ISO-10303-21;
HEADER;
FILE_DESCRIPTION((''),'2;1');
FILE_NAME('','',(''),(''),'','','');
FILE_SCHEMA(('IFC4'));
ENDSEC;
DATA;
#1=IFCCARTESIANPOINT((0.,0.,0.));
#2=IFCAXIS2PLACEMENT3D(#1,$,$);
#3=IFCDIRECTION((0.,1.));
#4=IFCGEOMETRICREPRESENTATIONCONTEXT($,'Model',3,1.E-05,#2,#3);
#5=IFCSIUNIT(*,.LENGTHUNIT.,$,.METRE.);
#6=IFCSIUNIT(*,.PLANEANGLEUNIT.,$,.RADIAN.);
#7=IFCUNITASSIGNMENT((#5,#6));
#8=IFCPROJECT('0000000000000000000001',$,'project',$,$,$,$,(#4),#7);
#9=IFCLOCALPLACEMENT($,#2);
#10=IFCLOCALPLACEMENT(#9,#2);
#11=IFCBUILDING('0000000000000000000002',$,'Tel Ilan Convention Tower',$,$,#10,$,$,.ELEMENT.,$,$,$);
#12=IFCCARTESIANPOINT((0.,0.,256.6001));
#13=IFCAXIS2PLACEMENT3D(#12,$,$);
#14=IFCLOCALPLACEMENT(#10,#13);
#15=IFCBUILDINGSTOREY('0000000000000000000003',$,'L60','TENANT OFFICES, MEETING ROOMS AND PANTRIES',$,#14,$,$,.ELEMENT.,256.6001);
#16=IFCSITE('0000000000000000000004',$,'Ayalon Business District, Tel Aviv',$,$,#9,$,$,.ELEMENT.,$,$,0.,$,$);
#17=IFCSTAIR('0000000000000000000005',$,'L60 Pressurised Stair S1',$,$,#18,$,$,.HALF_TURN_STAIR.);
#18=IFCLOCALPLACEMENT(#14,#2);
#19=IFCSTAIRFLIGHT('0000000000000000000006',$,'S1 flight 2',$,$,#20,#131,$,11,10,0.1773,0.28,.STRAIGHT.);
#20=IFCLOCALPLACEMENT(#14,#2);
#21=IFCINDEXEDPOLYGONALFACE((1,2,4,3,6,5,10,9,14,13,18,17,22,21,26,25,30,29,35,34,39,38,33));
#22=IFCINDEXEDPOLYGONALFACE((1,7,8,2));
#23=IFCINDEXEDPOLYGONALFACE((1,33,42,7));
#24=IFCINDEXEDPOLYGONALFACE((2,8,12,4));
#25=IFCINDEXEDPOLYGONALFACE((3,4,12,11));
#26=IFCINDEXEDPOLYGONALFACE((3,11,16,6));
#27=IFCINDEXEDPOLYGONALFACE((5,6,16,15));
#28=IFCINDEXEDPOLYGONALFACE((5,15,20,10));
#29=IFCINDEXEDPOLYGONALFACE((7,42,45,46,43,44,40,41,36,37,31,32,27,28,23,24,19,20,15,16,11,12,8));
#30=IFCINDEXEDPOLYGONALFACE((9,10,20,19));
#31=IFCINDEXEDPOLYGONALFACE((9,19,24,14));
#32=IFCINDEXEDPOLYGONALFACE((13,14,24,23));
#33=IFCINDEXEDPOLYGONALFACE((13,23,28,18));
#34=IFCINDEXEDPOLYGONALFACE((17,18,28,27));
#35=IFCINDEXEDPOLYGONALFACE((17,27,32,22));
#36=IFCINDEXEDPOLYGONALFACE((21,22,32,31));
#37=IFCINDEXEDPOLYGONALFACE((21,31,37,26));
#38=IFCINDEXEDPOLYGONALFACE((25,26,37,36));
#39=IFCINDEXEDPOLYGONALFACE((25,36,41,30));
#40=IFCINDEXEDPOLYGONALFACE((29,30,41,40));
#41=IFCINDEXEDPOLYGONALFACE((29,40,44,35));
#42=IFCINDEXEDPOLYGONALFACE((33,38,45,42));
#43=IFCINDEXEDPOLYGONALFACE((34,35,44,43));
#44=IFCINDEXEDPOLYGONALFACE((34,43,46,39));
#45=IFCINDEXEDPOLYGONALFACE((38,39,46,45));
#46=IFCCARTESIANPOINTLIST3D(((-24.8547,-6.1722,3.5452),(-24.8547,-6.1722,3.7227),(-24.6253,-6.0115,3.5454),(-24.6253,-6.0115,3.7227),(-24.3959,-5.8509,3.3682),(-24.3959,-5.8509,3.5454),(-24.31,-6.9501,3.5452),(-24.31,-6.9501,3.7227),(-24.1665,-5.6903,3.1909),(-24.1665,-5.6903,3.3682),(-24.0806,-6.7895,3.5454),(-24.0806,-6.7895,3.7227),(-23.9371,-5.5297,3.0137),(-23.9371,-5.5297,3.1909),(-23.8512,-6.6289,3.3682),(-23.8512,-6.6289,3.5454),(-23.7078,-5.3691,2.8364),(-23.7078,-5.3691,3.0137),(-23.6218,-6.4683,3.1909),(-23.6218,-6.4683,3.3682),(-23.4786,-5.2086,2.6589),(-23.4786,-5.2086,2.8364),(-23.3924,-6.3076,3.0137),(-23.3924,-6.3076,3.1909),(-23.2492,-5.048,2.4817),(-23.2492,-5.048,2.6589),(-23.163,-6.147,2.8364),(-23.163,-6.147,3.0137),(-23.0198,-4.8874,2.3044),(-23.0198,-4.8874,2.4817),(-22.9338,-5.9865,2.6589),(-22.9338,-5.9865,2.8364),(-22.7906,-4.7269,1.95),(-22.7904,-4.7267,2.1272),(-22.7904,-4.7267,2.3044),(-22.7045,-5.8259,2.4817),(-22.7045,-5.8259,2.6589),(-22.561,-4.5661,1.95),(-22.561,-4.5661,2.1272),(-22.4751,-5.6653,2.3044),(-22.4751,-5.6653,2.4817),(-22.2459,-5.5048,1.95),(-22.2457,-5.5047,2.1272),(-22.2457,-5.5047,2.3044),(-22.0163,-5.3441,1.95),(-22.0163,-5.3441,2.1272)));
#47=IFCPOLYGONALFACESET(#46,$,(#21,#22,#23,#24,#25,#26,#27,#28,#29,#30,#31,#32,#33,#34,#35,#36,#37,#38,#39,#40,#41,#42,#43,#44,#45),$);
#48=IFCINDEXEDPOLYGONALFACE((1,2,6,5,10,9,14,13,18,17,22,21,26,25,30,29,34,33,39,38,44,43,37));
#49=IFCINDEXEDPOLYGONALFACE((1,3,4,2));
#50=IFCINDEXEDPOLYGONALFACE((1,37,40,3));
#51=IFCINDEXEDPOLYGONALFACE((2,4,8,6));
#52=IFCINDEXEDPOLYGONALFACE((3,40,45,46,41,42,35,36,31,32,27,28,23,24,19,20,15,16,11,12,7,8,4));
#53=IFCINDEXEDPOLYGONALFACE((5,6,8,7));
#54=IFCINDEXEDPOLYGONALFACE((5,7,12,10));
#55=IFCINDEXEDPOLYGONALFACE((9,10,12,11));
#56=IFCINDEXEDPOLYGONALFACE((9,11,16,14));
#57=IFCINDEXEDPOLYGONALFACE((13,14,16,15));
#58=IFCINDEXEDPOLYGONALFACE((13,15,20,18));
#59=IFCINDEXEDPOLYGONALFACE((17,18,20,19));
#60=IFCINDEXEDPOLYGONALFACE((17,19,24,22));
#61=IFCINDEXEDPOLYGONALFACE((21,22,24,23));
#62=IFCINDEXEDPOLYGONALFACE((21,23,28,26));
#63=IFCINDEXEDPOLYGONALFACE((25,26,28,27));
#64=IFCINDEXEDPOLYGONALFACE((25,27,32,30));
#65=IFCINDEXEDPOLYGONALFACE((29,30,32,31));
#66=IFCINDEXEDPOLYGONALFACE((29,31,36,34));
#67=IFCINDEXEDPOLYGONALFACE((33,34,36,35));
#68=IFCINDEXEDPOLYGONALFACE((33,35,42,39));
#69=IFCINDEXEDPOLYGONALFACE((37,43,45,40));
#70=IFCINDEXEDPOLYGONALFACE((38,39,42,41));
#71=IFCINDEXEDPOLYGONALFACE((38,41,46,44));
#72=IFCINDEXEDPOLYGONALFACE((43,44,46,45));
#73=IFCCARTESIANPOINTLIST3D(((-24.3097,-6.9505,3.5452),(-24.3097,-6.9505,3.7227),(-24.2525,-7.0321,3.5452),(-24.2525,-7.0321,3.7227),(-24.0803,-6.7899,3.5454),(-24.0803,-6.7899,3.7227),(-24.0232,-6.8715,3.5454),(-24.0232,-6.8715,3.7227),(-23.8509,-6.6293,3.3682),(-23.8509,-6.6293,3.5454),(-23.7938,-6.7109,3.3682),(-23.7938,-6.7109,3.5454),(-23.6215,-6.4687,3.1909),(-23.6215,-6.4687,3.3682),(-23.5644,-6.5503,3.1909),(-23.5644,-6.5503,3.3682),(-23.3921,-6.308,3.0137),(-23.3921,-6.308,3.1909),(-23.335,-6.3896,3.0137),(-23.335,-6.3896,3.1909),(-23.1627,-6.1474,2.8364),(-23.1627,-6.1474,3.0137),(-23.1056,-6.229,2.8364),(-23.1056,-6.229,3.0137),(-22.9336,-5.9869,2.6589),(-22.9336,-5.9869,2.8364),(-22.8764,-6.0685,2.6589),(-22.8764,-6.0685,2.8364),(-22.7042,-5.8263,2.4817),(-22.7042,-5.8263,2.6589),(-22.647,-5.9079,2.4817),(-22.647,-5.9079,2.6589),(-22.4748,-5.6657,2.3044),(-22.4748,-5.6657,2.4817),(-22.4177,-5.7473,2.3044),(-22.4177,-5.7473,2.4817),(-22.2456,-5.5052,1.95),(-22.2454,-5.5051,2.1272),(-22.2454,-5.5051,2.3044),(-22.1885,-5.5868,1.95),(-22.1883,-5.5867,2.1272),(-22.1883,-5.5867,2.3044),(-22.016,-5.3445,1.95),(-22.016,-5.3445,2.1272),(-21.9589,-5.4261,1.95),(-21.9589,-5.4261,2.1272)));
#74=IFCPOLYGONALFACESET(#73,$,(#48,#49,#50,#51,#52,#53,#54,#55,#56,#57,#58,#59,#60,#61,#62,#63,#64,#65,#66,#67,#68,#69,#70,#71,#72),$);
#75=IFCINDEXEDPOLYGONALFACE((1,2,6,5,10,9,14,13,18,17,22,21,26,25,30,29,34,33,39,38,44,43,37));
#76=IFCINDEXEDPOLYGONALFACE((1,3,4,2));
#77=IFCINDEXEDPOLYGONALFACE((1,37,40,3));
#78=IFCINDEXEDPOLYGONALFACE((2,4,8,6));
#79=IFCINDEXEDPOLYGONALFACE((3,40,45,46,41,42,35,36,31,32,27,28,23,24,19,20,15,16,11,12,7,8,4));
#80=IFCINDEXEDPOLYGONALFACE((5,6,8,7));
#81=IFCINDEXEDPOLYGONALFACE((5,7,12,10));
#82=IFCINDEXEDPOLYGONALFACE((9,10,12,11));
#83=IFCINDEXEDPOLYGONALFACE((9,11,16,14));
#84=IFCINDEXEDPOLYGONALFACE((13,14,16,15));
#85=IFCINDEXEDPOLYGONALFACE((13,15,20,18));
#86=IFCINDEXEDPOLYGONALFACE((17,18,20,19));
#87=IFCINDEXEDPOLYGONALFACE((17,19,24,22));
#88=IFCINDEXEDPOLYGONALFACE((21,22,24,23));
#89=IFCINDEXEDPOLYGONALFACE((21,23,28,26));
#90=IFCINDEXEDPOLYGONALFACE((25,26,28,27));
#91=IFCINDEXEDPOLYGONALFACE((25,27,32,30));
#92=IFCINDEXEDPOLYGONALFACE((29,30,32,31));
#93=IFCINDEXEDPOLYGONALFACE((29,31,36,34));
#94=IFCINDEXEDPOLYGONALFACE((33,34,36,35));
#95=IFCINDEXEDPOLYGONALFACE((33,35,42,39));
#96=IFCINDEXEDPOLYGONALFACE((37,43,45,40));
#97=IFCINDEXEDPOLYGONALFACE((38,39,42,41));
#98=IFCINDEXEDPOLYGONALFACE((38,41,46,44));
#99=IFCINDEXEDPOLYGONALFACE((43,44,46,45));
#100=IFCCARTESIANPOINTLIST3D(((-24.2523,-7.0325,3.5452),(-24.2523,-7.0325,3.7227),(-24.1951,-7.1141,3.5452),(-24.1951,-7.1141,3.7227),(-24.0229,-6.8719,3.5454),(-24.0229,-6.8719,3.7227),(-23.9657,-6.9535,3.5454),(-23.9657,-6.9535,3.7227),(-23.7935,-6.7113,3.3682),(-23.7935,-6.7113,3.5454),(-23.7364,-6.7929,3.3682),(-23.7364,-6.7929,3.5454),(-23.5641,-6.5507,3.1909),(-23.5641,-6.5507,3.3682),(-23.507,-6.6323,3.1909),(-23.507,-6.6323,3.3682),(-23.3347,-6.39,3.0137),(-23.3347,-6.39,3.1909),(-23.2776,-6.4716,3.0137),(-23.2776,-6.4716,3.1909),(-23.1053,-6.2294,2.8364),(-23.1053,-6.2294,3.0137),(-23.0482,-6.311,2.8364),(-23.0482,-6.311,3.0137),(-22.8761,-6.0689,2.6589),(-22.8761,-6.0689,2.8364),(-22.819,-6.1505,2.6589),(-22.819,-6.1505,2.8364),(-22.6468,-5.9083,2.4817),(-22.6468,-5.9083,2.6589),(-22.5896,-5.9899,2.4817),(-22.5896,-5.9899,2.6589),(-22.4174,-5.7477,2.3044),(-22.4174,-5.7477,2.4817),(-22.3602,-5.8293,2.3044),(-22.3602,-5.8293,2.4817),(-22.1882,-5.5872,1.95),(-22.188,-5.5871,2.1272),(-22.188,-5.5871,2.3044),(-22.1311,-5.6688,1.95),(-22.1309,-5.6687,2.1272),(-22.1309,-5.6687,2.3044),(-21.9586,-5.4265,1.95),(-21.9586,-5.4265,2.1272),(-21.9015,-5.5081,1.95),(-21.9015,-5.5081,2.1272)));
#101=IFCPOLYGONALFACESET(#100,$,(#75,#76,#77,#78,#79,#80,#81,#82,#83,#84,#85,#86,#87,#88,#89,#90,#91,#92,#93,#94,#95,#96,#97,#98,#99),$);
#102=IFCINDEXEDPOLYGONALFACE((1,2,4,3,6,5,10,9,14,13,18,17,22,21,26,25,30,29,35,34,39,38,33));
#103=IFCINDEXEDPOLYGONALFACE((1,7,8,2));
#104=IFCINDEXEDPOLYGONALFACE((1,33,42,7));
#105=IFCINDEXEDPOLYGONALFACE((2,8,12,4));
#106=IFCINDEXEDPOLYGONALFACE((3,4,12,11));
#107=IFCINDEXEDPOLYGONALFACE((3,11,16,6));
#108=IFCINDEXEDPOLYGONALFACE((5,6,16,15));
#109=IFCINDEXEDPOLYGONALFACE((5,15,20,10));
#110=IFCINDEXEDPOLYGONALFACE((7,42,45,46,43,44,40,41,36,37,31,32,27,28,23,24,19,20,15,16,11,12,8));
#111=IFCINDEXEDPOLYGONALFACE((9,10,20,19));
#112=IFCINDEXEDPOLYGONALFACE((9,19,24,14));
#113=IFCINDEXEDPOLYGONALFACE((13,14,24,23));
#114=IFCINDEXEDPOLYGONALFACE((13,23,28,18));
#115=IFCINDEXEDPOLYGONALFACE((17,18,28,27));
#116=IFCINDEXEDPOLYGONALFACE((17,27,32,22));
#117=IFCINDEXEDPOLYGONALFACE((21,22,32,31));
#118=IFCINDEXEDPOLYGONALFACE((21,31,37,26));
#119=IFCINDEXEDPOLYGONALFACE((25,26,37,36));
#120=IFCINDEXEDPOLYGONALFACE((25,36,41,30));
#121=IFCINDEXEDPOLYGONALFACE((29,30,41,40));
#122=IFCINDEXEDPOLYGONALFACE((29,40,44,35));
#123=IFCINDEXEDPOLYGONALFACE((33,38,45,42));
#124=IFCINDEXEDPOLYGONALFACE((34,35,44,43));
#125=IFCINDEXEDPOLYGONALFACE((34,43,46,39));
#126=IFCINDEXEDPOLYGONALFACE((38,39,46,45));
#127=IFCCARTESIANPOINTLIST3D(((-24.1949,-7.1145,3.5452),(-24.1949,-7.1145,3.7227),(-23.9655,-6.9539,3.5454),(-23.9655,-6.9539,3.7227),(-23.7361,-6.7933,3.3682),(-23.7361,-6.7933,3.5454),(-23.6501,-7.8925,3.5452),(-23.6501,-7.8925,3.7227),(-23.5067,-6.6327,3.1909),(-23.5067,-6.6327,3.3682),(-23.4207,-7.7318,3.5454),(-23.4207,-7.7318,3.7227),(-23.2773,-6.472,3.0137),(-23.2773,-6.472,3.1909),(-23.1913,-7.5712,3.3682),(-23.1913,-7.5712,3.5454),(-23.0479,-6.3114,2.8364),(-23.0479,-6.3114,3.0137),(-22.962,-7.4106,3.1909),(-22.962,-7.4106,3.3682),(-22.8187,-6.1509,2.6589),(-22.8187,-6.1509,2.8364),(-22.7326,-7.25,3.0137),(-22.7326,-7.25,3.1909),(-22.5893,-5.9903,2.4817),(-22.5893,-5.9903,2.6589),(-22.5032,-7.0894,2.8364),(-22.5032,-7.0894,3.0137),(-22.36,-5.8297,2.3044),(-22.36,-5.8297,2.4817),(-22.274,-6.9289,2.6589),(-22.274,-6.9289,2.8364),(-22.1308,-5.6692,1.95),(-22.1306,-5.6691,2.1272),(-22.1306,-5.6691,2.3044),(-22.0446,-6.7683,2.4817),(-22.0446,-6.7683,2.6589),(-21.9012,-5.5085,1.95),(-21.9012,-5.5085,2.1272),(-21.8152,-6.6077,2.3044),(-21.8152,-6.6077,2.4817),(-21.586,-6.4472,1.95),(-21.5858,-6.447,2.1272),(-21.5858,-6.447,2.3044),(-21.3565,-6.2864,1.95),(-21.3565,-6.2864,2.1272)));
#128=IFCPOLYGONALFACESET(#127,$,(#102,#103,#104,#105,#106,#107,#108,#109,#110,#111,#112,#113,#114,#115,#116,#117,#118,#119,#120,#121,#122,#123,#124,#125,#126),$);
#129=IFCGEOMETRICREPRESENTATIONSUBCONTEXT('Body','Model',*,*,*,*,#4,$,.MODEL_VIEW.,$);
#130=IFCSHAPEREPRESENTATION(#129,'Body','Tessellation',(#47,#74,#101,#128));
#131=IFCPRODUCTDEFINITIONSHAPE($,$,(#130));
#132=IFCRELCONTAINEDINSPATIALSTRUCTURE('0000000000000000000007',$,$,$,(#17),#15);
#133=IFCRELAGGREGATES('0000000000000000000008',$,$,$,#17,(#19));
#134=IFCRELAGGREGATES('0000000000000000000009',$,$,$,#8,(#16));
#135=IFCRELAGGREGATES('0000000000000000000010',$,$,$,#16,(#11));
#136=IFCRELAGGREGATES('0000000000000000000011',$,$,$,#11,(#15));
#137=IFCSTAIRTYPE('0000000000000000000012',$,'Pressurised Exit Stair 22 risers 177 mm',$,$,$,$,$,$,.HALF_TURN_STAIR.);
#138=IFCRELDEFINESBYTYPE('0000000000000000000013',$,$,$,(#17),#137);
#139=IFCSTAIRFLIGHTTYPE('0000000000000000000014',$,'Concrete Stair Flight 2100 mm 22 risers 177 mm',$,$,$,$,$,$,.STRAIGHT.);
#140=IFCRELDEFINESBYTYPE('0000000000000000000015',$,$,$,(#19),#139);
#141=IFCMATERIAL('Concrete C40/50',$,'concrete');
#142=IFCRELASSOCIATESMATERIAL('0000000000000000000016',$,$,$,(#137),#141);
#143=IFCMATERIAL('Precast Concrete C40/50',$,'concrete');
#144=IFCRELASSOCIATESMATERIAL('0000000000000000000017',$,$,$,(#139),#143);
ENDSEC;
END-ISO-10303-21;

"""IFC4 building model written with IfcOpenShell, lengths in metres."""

from ifc_helpers import new_model, si_unit, direction, frame, origin, place, context, subcontext, project, spatial, polyline, outline, extrude, material, type_object, element, aggregate, save


model = new_model("IFC4")

# Units and contexts
model_context = context("Model", 3, precision=1e-05, world=origin(), true_north=direction((0.0, 1.0)))
body_context = subcontext(model_context, "Body", "Model", "MODEL_VIEW")
ifc_project = project(units=[si_unit("LENGTHUNIT", "METRE"), si_unit("PLANEANGLEUNIT", "RADIAN")], contexts=[model_context])

# Site, building, storey
site_placement = place(None, origin())
site = spatial("IfcSite", under=ifc_project, at=site_placement, Name="Ayalon Business District, Tel Aviv", CompositionType="ELEMENT", RefElevation=0.0)
building_placement = place(site_placement, origin())
building = spatial("IfcBuilding", under=site, at=building_placement, Name="Tel Ilan Convention Tower", CompositionType="ELEMENT")
storey_placement = place(building_placement, frame((0.0, 0.0, 256.6001)))
storey = spatial("IfcBuildingStorey", under=building, at=storey_placement, Name="L60", Description="TENANT OFFICES, MEETING ROOMS AND PANTRIES", CompositionType="ELEMENT", Elevation=256.6001)

# Stair, stair flight
ifc_material_1 = material(Name="Concrete C40/50", Category="concrete")
stair_type = type_object("IfcStairType", Name="Pressurised Exit Stair 22 risers 177 mm", PredefinedType="HALF_TURN_STAIR", material=ifc_material_1)
stair_1_placement = place(storey_placement, origin())
stair_1 = element("IfcStair", 1, at=stair_1_placement, inside=storey, type_object=stair_type, Name="L60 Pressurised Stair S1", PredefinedType="HALF_TURN_STAIR")
ifc_material_2 = material(Name="Precast Concrete C40/50", Category="concrete")
stair_flight_type = type_object("IfcStairFlightType", Name="Concrete Stair Flight 2100 mm 22 risers 177 mm", PredefinedType="STRAIGHT", material=ifc_material_2)
stair_flight_1_placement = place(storey_placement, frame((-21.9587, -5.4263, 1.95), z_axis=(0.0, 0.0, 1.0), x_axis=(-0.819152, -0.573576, 0.0)))
stair_flight_1 = element("IfcStairFlight", 2, at=stair_flight_1_placement, type_object=stair_flight_type, Name="S1 flight 2", NumberOfRisers=11, NumberOfTreads=10, PredefinedType="STRAIGHT", RiserHeight=0.1773, TreadLength=0.28, context=body_context, shape_type="SweptSolid", body=[
    extrude(outline(polyline([(0.0, 0.0), (0.0, 0.1772), (0.28, 0.1772), (0.28, 0.3545), (0.5601, 0.3545), (0.5601, 0.5317), (0.8401, 0.5317), (0.8401, 0.709), (1.1201, 0.709), (1.1201, 0.8865), (1.3999, 0.8865), (1.3999, 1.0637), (1.6799, 1.0637), (1.6799, 1.241), (1.96, 1.241), (1.96, 1.4182), (2.24, 1.4182), (2.24, 1.5955), (2.52, 1.5955), (2.52, 1.7727), (2.8, 1.7727), (2.8, 1.95), (2.8, 1.5952), (0.2803, 0.0), (0.0, 0.0)])), frame((0.0, -0.1003, 0.0), z_axis=(0.0, -1.0, 0.0), x_axis=(1.0, 0.0, 0.0)), (0.0, 0.0, 1.0), 0.9497),
    extrude(outline(polyline([(0.0, 0.0), (0.0, 0.1772), (0.28, 0.1772), (0.28, 0.3545), (0.5601, 0.3545), (0.5601, 0.5317), (0.8401, 0.5317), (0.8401, 0.709), (1.1201, 0.709), (1.1201, 0.8865), (1.3999, 0.8865), (1.3999, 1.0637), (1.6799, 1.0637), (1.6799, 1.241), (1.96, 1.241), (1.96, 1.4182), (2.24, 1.4182), (2.24, 1.5955), (2.52, 1.5955), (2.52, 1.7727), (2.8, 1.7727), (2.8, 1.95), (2.8, 1.5952), (0.2803, 0.0), (0.0, 0.0)])), frame((0.0, -0.0002, 0.0), z_axis=(0.0, -1.0, 0.0), x_axis=(1.0, 0.0, 0.0)), (0.0, 0.0, 1.0), 0.0996),
    extrude(outline(polyline([(0.0, 0.0), (0.0, 0.1772), (0.28, 0.1772), (0.28, 0.3545), (0.5601, 0.3545), (0.5601, 0.5317), (0.8401, 0.5317), (0.8401, 0.709), (1.1201, 0.709), (1.1201, 0.8865), (1.3999, 0.8865), (1.3999, 1.0637), (1.6799, 1.0637), (1.6799, 1.241), (1.96, 1.241), (1.96, 1.4182), (2.24, 1.4182), (2.24, 1.5955), (2.52, 1.5955), (2.52, 1.7727), (2.8, 1.7727), (2.8, 1.95), (2.8, 1.5952), (0.2803, 0.0), (0.0, 0.0)])), frame((0.0, 0.0999, 0.0), z_axis=(0.0, -1.0, 0.0), x_axis=(1.0, 0.0, 0.0)), (0.0, 0.0, 1.0), 0.0996),
    extrude(outline(polyline([(0.0, 0.0), (0.0, 0.1772), (0.28, 0.1772), (0.28, 0.3545), (0.5601, 0.3545), (0.5601, 0.5317), (0.8401, 0.5317), (0.8401, 0.709), (1.1201, 0.709), (1.1201, 0.8865), (1.3999, 0.8865), (1.3999, 1.0637), (1.6799, 1.0637), (1.6799, 1.241), (1.96, 1.241), (1.96, 1.4182), (2.24, 1.4182), (2.24, 1.5955), (2.52, 1.5955), (2.52, 1.7727), (2.8, 1.7727), (2.8, 1.95), (2.8, 1.5952), (0.2803, 0.0), (0.0, 0.0)])), frame((0.0, 1.05, 0.0), z_axis=(0.0, -1.0, 0.0), x_axis=(1.0, 0.0, 0.0)), (0.0, 0.0, 1.0), 0.9497),
])
aggregate(stair_1, [stair_flight_1])

save(model, "model.ifc")
